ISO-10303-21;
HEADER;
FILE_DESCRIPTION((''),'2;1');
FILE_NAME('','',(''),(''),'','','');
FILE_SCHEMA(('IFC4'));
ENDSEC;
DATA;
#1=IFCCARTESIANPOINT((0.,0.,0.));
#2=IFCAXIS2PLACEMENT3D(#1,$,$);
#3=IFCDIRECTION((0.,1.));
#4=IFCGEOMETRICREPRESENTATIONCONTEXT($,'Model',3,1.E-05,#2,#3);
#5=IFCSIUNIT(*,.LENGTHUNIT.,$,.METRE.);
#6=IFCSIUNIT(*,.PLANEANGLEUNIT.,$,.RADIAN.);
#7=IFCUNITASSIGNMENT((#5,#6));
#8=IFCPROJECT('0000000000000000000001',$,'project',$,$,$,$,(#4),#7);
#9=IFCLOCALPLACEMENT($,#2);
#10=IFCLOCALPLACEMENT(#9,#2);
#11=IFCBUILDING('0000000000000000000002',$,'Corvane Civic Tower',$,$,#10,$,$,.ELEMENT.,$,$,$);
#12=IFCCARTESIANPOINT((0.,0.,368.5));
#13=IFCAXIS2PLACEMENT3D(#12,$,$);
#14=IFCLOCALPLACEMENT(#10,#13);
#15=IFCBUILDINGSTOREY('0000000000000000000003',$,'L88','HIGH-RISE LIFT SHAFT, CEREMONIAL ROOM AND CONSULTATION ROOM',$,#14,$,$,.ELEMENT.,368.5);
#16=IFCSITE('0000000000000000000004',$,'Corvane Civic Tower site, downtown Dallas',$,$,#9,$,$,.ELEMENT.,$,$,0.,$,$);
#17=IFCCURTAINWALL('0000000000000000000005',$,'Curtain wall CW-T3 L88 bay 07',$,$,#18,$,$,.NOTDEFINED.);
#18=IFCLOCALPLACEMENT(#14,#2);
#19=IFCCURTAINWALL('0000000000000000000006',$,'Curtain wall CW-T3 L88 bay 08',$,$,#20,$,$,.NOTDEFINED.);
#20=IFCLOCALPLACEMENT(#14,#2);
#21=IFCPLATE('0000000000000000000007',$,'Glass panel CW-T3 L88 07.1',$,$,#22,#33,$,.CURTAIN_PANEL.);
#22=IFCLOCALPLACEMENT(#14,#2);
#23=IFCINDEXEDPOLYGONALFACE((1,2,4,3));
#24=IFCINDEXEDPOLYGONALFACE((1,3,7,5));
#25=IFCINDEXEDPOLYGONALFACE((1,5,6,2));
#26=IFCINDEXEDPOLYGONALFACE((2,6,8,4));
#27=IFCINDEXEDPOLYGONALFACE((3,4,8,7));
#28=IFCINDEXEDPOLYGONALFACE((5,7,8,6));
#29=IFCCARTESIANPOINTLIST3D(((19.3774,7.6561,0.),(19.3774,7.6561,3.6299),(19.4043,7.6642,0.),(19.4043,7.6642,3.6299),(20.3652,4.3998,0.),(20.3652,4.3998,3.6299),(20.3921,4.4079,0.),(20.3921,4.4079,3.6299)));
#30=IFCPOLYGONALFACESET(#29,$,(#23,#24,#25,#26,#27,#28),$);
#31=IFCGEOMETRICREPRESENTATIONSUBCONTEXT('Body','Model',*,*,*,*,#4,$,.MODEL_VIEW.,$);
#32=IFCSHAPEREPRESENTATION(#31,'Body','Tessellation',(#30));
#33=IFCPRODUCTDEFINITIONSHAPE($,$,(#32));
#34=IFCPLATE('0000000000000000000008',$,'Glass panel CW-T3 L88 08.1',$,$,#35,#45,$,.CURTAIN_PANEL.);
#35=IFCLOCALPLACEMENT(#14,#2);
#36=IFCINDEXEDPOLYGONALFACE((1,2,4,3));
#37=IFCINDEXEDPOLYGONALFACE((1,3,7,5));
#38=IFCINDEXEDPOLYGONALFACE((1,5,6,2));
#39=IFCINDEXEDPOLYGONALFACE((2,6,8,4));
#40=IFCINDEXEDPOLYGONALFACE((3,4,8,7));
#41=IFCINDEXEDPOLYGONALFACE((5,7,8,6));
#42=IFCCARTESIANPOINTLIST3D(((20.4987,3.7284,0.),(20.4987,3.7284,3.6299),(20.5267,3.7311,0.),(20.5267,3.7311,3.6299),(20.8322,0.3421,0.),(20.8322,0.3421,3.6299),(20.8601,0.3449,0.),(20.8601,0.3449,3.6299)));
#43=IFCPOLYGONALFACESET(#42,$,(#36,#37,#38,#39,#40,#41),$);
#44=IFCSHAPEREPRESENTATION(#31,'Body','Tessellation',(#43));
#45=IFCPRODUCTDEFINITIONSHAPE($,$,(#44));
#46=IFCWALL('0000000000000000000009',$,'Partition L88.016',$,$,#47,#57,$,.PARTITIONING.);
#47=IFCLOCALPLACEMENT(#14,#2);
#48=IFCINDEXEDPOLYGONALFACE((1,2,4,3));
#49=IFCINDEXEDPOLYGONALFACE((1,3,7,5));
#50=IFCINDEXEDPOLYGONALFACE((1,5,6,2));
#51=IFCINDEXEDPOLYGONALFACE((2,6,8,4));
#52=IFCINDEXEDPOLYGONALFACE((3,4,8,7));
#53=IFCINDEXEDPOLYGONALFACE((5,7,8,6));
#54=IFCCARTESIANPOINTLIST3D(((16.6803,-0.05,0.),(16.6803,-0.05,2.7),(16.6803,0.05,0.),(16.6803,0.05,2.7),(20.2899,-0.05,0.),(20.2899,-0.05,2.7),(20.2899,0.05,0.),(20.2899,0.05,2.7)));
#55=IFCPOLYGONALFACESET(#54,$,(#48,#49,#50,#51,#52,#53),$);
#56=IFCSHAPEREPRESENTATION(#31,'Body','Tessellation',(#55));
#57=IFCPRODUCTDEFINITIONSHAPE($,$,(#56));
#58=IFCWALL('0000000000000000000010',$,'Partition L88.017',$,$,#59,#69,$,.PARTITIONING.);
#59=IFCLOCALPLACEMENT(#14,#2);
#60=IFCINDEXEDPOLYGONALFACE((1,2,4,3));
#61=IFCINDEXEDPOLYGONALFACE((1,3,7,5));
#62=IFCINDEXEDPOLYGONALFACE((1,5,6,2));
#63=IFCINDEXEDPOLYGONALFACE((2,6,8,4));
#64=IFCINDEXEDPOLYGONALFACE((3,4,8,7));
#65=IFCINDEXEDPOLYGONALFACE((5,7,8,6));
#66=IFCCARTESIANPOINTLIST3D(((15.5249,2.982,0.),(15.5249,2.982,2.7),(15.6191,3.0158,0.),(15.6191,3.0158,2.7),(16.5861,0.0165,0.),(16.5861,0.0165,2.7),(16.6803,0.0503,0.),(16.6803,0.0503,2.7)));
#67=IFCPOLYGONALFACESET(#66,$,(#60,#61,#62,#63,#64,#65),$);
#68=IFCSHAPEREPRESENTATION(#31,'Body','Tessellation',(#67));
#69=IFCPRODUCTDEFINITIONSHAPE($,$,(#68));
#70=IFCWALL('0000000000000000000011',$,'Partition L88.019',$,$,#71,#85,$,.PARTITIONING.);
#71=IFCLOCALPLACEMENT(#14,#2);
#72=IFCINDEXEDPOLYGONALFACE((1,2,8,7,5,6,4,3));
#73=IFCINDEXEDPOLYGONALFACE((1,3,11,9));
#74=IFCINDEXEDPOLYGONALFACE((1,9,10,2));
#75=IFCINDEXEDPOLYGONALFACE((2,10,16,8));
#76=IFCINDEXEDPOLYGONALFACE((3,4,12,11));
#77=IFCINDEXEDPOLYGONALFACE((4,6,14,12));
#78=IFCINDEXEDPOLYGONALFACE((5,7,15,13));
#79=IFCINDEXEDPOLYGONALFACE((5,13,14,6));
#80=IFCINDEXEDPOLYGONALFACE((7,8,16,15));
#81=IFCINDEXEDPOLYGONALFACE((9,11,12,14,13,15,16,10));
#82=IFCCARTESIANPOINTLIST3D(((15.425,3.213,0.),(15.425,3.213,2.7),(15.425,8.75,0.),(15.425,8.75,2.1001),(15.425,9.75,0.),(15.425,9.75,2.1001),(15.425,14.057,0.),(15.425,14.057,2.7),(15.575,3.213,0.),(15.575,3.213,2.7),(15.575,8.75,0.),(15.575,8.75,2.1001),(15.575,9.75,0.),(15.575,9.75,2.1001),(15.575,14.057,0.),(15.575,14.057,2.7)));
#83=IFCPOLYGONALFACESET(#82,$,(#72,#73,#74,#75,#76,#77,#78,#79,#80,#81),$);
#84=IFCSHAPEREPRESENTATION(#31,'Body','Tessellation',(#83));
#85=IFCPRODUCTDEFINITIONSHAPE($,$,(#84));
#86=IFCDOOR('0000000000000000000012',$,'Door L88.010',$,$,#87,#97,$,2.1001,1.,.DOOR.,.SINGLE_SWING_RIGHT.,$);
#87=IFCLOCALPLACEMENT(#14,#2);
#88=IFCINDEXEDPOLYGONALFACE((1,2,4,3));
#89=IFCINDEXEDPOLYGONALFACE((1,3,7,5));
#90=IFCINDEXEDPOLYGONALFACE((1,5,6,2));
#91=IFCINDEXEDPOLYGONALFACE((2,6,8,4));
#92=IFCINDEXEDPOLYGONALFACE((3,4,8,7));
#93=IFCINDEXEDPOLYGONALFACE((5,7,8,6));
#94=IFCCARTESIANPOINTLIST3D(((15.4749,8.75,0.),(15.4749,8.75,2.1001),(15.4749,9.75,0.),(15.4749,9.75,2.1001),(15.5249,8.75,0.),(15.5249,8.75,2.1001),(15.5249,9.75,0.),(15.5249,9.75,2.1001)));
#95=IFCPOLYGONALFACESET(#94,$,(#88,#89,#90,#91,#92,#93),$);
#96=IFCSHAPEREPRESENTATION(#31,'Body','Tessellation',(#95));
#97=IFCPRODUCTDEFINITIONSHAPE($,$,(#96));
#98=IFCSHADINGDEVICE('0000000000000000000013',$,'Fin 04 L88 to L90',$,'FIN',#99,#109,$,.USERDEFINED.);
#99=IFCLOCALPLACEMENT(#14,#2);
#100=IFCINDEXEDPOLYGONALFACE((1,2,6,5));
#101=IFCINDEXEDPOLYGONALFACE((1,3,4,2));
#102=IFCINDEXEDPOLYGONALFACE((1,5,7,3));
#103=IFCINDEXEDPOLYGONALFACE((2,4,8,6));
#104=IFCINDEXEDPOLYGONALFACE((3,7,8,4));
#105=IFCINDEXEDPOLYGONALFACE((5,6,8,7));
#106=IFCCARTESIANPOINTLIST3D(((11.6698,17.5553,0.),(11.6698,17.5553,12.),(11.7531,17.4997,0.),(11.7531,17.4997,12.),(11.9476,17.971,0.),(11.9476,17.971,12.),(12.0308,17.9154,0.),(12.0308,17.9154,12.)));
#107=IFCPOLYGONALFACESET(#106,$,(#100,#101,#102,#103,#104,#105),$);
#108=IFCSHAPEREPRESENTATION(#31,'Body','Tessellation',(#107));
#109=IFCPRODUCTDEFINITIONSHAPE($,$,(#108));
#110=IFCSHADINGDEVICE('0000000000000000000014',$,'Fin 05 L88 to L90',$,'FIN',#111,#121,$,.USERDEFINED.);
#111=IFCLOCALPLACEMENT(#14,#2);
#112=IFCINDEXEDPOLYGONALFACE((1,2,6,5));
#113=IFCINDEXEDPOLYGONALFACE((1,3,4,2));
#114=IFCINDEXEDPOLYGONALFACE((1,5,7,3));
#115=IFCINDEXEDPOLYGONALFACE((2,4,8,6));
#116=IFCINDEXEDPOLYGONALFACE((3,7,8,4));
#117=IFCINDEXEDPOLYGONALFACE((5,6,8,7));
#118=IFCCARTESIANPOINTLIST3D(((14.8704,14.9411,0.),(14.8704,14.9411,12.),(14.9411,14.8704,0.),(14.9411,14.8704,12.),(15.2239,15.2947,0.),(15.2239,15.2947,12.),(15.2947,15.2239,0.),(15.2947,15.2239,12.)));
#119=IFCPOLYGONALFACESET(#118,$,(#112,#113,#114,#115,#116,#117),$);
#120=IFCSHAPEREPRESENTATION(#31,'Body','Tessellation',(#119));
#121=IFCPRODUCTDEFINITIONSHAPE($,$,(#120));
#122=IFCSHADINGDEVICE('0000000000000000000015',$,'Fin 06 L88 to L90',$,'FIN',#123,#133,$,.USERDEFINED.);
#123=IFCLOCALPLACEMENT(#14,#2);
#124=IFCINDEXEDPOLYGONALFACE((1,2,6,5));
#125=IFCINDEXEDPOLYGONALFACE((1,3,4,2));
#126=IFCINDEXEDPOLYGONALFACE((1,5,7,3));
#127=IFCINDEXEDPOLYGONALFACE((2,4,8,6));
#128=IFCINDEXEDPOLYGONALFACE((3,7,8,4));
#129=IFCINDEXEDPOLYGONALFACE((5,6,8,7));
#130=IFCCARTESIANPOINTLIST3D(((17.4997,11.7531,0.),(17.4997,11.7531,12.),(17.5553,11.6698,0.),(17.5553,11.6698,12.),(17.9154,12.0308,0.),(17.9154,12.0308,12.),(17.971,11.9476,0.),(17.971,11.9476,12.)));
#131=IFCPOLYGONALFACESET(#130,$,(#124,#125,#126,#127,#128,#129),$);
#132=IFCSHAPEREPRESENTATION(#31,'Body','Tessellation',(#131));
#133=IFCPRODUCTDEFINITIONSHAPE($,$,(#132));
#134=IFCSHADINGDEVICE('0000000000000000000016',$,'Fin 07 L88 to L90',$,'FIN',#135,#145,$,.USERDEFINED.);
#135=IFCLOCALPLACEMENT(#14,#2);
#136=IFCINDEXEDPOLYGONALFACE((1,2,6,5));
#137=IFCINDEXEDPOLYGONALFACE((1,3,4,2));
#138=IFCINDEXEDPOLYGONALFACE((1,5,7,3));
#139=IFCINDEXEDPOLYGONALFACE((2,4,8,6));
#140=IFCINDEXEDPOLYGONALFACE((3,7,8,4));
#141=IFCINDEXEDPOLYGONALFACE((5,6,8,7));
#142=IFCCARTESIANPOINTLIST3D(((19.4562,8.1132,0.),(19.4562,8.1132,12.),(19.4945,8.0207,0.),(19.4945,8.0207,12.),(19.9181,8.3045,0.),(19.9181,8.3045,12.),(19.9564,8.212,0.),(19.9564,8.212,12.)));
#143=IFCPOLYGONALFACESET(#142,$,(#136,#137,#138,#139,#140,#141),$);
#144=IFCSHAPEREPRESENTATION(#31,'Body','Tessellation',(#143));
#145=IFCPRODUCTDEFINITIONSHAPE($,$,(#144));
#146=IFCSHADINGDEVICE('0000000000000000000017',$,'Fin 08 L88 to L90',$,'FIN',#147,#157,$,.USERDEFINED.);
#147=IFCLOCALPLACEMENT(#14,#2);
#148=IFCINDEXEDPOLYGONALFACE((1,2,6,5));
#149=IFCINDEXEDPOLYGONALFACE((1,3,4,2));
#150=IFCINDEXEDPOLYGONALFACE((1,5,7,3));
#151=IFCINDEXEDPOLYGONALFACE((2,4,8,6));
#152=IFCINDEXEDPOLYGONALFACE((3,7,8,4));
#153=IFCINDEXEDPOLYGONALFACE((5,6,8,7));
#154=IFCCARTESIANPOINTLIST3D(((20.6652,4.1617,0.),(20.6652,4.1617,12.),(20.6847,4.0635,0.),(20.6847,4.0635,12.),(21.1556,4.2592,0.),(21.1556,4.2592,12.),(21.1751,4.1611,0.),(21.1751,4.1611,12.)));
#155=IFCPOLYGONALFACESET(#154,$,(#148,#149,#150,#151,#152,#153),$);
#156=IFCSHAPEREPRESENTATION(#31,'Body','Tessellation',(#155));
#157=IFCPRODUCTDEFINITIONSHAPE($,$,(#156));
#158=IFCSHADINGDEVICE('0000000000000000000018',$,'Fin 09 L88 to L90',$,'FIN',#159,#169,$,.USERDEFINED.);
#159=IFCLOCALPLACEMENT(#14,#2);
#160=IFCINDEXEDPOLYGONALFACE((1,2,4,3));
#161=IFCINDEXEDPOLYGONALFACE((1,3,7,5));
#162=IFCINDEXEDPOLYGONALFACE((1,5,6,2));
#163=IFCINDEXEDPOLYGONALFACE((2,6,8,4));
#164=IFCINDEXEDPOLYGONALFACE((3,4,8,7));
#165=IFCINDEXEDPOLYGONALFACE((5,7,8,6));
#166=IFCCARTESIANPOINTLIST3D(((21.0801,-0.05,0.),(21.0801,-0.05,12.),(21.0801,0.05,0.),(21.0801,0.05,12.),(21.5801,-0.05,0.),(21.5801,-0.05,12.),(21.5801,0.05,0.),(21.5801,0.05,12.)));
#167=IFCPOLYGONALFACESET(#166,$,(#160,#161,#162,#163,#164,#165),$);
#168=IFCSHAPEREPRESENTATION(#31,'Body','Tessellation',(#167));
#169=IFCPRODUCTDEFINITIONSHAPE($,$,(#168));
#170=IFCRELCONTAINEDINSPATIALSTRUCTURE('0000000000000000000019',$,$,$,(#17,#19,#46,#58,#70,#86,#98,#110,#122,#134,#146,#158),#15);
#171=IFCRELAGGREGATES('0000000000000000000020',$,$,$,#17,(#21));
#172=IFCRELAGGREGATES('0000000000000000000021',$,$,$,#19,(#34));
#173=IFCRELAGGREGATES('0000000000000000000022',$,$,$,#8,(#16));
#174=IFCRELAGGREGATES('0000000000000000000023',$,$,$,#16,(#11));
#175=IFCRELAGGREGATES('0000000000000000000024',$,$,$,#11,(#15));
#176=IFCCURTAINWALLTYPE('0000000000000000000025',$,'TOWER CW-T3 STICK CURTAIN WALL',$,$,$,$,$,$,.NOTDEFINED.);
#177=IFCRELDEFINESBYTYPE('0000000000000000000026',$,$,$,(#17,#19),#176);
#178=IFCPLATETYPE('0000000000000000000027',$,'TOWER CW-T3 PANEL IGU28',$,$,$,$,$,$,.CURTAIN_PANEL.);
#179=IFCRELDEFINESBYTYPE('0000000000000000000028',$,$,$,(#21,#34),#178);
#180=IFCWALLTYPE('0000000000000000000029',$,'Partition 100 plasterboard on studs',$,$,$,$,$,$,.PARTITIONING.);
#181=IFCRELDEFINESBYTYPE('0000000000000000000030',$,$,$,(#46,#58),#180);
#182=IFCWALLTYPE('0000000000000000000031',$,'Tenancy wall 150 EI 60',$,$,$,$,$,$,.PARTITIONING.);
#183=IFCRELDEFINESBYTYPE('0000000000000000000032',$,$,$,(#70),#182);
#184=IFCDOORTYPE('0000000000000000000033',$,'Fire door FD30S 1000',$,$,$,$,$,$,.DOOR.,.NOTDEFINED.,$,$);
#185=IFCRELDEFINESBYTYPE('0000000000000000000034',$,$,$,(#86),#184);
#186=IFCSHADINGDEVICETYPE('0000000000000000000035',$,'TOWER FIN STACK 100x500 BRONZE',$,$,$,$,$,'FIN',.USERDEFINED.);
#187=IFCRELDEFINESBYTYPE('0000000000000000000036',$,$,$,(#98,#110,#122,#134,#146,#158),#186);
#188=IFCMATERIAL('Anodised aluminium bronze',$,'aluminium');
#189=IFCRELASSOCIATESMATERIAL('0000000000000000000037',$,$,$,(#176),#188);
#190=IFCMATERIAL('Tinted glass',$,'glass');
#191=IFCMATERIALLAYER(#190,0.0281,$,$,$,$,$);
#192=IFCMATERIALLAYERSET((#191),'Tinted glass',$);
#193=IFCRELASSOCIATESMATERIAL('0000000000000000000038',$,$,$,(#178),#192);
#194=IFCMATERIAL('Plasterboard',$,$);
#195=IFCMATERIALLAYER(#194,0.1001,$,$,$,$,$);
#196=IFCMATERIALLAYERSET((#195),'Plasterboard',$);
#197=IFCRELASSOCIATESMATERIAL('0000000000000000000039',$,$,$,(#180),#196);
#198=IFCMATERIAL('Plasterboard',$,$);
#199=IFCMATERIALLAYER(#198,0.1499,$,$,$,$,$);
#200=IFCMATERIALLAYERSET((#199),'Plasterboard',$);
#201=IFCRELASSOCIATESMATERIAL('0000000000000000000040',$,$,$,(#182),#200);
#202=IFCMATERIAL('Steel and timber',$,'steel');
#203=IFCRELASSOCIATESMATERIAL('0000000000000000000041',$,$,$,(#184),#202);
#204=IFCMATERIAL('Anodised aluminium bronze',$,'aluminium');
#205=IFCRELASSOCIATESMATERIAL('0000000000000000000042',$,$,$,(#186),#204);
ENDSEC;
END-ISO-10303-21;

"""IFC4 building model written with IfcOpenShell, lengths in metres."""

from ifc_helpers import new_model, si_unit, direction, frame, frame_2d, origin, origin_2d, place, context, subcontext, project, spatial, rectangle, extrude, material, layer, layer_set, material_profile, profile_set, type_object, element, fill, aggregate, save


model = new_model("IFC4")

# Units and contexts
model_context = context("Model", 3, precision=1e-05, world=origin(), true_north=direction((0.0, 1.0)))
body_context = subcontext(model_context, "Body", "Model", "MODEL_VIEW")
ifc_project = project(units=[si_unit("LENGTHUNIT", "METRE"), si_unit("PLANEANGLEUNIT", "RADIAN")], contexts=[model_context])

# Site, building, storey
site_placement = place(None, origin())
site = spatial("IfcSite", under=ifc_project, at=site_placement, Name="Corvane Civic Tower site, downtown Dallas", CompositionType="ELEMENT", RefElevation=0.0)
building_placement = place(site_placement, origin())
building = spatial("IfcBuilding", under=site, at=building_placement, Name="Corvane Civic Tower", CompositionType="ELEMENT")
storey_placement = place(building_placement, frame((0.0, 0.0, 368.5)))
storey = spatial("IfcBuildingStorey", under=building, at=storey_placement, Name="L88", Description="HIGH-RISE LIFT SHAFT, CEREMONIAL ROOM AND CONSULTATION ROOM", CompositionType="ELEMENT", Elevation=368.5)

# Curtain walls
ifc_material_1 = material(Name="Anodised aluminium bronze", Category="aluminium")
curtain_wall_type = type_object("IfcCurtainWallType", Name="TOWER CW-T3 STICK CURTAIN WALL", PredefinedType="NOTDEFINED", material=ifc_material_1)
curtain_wall_1_placement = place(storey_placement, origin())
curtain_wall_1 = element("IfcCurtainWall", 1, at=curtain_wall_1_placement, inside=storey, type_object=curtain_wall_type, Name="Curtain wall CW-T3 L88 bay 07", PredefinedType="NOTDEFINED")
curtain_wall_2_placement = place(storey_placement, origin())
curtain_wall_2 = element("IfcCurtainWall", 2, at=curtain_wall_2_placement, inside=storey, type_object=curtain_wall_type, Name="Curtain wall CW-T3 L88 bay 08", PredefinedType="NOTDEFINED")

# Shared definitions
ifc_material_2 = material(Name="Tinted glass", Category="glass")
ifc_layer_1 = layer(ifc_material_2, 0.0281)
ifc_layer_set_1 = layer_set([ifc_layer_1], Name="Tinted glass")
plate_type = type_object("IfcPlateType", Name="TOWER CW-T3 PANEL IGU28", PredefinedType="CURTAIN_PANEL", material=ifc_layer_set_1)

# Plates
plate_1_placement = place(storey_placement, frame((19.8848, 6.032, 0.0), z_axis=(0.0, 0.0, 1.0), x_axis=(0.29029, -0.956939, 0.0)))
plate_1 = element("IfcPlate", 3, at=plate_1_placement, type_object=plate_type, Name="Glass panel CW-T3 L88 07.1", PredefinedType="CURTAIN_PANEL", context=body_context, shape_type="SweptSolid", body=[
    extrude(rectangle(XDim=3.4028, YDim=0.0281, at=origin_2d()), origin(), (0.0, 0.0, 1.0), 3.6299),
])
aggregate(curtain_wall_1, [plate_1])
plate_2_placement = place(storey_placement, frame((20.6794, 2.0366, 0.0), z_axis=(0.0, 0.0, 1.0), x_axis=(0.097998, -0.995187, 0.0)))
plate_2 = element("IfcPlate", 4, at=plate_2_placement, type_object=plate_type, Name="Glass panel CW-T3 L88 08.1", PredefinedType="CURTAIN_PANEL", context=body_context, shape_type="SweptSolid", body=[
    extrude(rectangle(XDim=3.4026, YDim=0.0281, at=origin_2d()), origin(), (0.0, 0.0, 1.0), 3.6299),
])
aggregate(curtain_wall_2, [plate_2])

# Walls
ifc_material_3 = material(Name="Plasterboard")
ifc_layer_2 = layer(ifc_material_3, 0.1001)
ifc_layer_set_2 = layer_set([ifc_layer_2], Name="Plasterboard")
wall_type_1 = type_object("IfcWallType", Name="Partition 100 plasterboard on studs", PredefinedType="PARTITIONING", material=ifc_layer_set_2)
wall_1_placement = place(storey_placement, frame((16.6804, 0.0, 0.0), z_axis=(0.0, 0.0, 1.0), x_axis=(1.0, 0.0, 0.0)))
element("IfcWall", 5, at=wall_1_placement, inside=storey, type_object=wall_type_1, Name="Partition L88.016", PredefinedType="PARTITIONING", context=body_context, shape_type="SweptSolid", body=[
    extrude(rectangle(XDim=3.6096, YDim=0.1001, at=frame_2d((1.8047, 0.0))), origin(), (0.0, 0.0, 1.0), 2.7),
])
wall_2_placement = place(storey_placement, frame((15.572, 2.9988, 0.0), z_axis=(0.0, 0.0, 1.0), x_axis=(0.33694, -0.941526, 0.0)))
element("IfcWall", 6, at=wall_2_placement, inside=storey, type_object=wall_type_1, Name="Partition L88.017", PredefinedType="PARTITIONING", context=body_context, shape_type="SweptSolid", body=[
    extrude(rectangle(XDim=3.1497, YDim=0.1001, at=frame_2d((1.5747, 0.0))), origin(), (0.0, 0.0, 1.0), 2.7),
])

# Wall, opening, door
ifc_material_4 = material(Name="Plasterboard")
ifc_layer_3 = layer(ifc_material_4, 0.1499)
ifc_layer_set_3 = layer_set([ifc_layer_3], Name="Plasterboard")
wall_type_2 = type_object("IfcWallType", Name="Tenancy wall 150 EI 60", PredefinedType="PARTITIONING", material=ifc_layer_set_3)
wall_3_placement = place(storey_placement, frame((15.5, 3.2131, 0.0), z_axis=(0.0, 0.0, 1.0), x_axis=(0.0, 1.0, 0.0)))
wall_3 = element("IfcWall", 7, at=wall_3_placement, inside=storey, type_object=wall_type_2, Name="Partition L88.019", PredefinedType="PARTITIONING", context=body_context, shape_type="SweptSolid", body=[
    extrude(rectangle(XDim=10.844, YDim=0.1499, at=frame_2d((5.4219, 0.0))), origin(), (0.0, 0.0, 1.0), 2.7),
])
opening_placement = place(wall_3_placement, frame((5.5369, 0.0, 0.0)))
opening = element("IfcOpeningElement", 8, at=opening_placement, cuts=wall_3, PredefinedType="OPENING", context=body_context, shape_type="SweptSolid", body=[
    extrude(rectangle(XDim=1.0, YDim=2.1001, at=frame_2d((0.5, 1.05))), frame((0.0, 0.085, 0.0), z_axis=(0.0, -1.0, 0.0), x_axis=(1.0, 0.0, 0.0)), (0.0, 0.0, 1.0), 0.1699),
])
ifc_material_5 = material(Name="Steel and timber", Category="steel")
door_type = type_object("IfcDoorType", Name="Fire door FD30S 1000", OperationType="NOTDEFINED", PredefinedType="DOOR", material=ifc_material_5)
door_placement = place(opening_placement, frame((1.0, 0.0, 0.0), z_axis=(0.0, 0.0, 1.0), x_axis=(-1.0, 0.0, 0.0)))
door = element("IfcDoor", 9, at=door_placement, inside=storey, type_object=door_type, Name="Door L88.010", OperationType="SINGLE_SWING_RIGHT", OverallHeight=2.1001, OverallWidth=1.0, PredefinedType="DOOR", context=body_context, shape_type="SweptSolid", body=[
    extrude(rectangle(XDim=1.0, YDim=2.1001, at=frame_2d((0.5, 1.05))), frame((0.0, 0.0249, 0.0), z_axis=(0.0, -1.0, 0.0), x_axis=(1.0, 0.0, 0.0)), (0.0, 0.0, 1.0), 0.05),
])
fill(opening, door)

# Shading devices
ifc_material_6 = material(Name="Anodised aluminium bronze", Category="aluminium")
ifc_material_profile_1 = material_profile(ifc_material_6, rectangle(XDim=0.1001, YDim=0.5, at=origin_2d()), Name="TOWER FIN STACK 100x500 BRONZE")
ifc_profile_set_1 = profile_set([ifc_material_profile_1], Name="Anodised aluminium bronze")
shading_device_type = type_object("IfcShadingDeviceType", Name="TOWER FIN STACK 100x500 BRONZE", ElementType="FIN", PredefinedType="USERDEFINED", material=ifc_profile_set_1)
for number, where, z_axis, x_axis, name in (
    (10, (11.8503, 17.7354, 0.0), (0.0, 0.0, 1.0), (0.83147, -0.55557, 0.0), "Fin 04 L88 to L90"),
    (11, (15.0825, 15.0825, 0.0), (0.0, 0.0, 1.0), (0.707107, -0.707107, 0.0), "Fin 05 L88 to L90"),
    (12, (17.7354, 11.8503, 0.0), (0.0, 0.0, 1.0), (0.55557, -0.83147, 0.0), "Fin 06 L88 to L90"),
    (13, (19.7063, 8.1626, 0.0), (0.0, 0.0, 1.0), (0.382683, -0.92388, 0.0), "Fin 07 L88 to L90"),
    (14, (20.9202, 4.1614, 0.0), (0.0, 0.0, 1.0), (0.19509, -0.980785, 0.0), "Fin 08 L88 to L90"),
    (15, (21.3301, 0.0, 0.0), (0.0, 0.0, 1.0), (0.0, -1.0, 0.0), "Fin 09 L88 to L90"),
):
    element("IfcShadingDevice", number, at=place(storey_placement, frame(where, z_axis=z_axis, x_axis=x_axis)), inside=storey, type_object=shading_device_type, Name=name, ObjectType="FIN", PredefinedType="USERDEFINED", context=body_context, shape_type="SweptSolid", body=[
        extrude(rectangle(XDim=0.1001, YDim=0.5, at=origin_2d()), origin(), (0.0, 0.0, 1.0), 12.0),
    ])

save(model, "model.ifc")
